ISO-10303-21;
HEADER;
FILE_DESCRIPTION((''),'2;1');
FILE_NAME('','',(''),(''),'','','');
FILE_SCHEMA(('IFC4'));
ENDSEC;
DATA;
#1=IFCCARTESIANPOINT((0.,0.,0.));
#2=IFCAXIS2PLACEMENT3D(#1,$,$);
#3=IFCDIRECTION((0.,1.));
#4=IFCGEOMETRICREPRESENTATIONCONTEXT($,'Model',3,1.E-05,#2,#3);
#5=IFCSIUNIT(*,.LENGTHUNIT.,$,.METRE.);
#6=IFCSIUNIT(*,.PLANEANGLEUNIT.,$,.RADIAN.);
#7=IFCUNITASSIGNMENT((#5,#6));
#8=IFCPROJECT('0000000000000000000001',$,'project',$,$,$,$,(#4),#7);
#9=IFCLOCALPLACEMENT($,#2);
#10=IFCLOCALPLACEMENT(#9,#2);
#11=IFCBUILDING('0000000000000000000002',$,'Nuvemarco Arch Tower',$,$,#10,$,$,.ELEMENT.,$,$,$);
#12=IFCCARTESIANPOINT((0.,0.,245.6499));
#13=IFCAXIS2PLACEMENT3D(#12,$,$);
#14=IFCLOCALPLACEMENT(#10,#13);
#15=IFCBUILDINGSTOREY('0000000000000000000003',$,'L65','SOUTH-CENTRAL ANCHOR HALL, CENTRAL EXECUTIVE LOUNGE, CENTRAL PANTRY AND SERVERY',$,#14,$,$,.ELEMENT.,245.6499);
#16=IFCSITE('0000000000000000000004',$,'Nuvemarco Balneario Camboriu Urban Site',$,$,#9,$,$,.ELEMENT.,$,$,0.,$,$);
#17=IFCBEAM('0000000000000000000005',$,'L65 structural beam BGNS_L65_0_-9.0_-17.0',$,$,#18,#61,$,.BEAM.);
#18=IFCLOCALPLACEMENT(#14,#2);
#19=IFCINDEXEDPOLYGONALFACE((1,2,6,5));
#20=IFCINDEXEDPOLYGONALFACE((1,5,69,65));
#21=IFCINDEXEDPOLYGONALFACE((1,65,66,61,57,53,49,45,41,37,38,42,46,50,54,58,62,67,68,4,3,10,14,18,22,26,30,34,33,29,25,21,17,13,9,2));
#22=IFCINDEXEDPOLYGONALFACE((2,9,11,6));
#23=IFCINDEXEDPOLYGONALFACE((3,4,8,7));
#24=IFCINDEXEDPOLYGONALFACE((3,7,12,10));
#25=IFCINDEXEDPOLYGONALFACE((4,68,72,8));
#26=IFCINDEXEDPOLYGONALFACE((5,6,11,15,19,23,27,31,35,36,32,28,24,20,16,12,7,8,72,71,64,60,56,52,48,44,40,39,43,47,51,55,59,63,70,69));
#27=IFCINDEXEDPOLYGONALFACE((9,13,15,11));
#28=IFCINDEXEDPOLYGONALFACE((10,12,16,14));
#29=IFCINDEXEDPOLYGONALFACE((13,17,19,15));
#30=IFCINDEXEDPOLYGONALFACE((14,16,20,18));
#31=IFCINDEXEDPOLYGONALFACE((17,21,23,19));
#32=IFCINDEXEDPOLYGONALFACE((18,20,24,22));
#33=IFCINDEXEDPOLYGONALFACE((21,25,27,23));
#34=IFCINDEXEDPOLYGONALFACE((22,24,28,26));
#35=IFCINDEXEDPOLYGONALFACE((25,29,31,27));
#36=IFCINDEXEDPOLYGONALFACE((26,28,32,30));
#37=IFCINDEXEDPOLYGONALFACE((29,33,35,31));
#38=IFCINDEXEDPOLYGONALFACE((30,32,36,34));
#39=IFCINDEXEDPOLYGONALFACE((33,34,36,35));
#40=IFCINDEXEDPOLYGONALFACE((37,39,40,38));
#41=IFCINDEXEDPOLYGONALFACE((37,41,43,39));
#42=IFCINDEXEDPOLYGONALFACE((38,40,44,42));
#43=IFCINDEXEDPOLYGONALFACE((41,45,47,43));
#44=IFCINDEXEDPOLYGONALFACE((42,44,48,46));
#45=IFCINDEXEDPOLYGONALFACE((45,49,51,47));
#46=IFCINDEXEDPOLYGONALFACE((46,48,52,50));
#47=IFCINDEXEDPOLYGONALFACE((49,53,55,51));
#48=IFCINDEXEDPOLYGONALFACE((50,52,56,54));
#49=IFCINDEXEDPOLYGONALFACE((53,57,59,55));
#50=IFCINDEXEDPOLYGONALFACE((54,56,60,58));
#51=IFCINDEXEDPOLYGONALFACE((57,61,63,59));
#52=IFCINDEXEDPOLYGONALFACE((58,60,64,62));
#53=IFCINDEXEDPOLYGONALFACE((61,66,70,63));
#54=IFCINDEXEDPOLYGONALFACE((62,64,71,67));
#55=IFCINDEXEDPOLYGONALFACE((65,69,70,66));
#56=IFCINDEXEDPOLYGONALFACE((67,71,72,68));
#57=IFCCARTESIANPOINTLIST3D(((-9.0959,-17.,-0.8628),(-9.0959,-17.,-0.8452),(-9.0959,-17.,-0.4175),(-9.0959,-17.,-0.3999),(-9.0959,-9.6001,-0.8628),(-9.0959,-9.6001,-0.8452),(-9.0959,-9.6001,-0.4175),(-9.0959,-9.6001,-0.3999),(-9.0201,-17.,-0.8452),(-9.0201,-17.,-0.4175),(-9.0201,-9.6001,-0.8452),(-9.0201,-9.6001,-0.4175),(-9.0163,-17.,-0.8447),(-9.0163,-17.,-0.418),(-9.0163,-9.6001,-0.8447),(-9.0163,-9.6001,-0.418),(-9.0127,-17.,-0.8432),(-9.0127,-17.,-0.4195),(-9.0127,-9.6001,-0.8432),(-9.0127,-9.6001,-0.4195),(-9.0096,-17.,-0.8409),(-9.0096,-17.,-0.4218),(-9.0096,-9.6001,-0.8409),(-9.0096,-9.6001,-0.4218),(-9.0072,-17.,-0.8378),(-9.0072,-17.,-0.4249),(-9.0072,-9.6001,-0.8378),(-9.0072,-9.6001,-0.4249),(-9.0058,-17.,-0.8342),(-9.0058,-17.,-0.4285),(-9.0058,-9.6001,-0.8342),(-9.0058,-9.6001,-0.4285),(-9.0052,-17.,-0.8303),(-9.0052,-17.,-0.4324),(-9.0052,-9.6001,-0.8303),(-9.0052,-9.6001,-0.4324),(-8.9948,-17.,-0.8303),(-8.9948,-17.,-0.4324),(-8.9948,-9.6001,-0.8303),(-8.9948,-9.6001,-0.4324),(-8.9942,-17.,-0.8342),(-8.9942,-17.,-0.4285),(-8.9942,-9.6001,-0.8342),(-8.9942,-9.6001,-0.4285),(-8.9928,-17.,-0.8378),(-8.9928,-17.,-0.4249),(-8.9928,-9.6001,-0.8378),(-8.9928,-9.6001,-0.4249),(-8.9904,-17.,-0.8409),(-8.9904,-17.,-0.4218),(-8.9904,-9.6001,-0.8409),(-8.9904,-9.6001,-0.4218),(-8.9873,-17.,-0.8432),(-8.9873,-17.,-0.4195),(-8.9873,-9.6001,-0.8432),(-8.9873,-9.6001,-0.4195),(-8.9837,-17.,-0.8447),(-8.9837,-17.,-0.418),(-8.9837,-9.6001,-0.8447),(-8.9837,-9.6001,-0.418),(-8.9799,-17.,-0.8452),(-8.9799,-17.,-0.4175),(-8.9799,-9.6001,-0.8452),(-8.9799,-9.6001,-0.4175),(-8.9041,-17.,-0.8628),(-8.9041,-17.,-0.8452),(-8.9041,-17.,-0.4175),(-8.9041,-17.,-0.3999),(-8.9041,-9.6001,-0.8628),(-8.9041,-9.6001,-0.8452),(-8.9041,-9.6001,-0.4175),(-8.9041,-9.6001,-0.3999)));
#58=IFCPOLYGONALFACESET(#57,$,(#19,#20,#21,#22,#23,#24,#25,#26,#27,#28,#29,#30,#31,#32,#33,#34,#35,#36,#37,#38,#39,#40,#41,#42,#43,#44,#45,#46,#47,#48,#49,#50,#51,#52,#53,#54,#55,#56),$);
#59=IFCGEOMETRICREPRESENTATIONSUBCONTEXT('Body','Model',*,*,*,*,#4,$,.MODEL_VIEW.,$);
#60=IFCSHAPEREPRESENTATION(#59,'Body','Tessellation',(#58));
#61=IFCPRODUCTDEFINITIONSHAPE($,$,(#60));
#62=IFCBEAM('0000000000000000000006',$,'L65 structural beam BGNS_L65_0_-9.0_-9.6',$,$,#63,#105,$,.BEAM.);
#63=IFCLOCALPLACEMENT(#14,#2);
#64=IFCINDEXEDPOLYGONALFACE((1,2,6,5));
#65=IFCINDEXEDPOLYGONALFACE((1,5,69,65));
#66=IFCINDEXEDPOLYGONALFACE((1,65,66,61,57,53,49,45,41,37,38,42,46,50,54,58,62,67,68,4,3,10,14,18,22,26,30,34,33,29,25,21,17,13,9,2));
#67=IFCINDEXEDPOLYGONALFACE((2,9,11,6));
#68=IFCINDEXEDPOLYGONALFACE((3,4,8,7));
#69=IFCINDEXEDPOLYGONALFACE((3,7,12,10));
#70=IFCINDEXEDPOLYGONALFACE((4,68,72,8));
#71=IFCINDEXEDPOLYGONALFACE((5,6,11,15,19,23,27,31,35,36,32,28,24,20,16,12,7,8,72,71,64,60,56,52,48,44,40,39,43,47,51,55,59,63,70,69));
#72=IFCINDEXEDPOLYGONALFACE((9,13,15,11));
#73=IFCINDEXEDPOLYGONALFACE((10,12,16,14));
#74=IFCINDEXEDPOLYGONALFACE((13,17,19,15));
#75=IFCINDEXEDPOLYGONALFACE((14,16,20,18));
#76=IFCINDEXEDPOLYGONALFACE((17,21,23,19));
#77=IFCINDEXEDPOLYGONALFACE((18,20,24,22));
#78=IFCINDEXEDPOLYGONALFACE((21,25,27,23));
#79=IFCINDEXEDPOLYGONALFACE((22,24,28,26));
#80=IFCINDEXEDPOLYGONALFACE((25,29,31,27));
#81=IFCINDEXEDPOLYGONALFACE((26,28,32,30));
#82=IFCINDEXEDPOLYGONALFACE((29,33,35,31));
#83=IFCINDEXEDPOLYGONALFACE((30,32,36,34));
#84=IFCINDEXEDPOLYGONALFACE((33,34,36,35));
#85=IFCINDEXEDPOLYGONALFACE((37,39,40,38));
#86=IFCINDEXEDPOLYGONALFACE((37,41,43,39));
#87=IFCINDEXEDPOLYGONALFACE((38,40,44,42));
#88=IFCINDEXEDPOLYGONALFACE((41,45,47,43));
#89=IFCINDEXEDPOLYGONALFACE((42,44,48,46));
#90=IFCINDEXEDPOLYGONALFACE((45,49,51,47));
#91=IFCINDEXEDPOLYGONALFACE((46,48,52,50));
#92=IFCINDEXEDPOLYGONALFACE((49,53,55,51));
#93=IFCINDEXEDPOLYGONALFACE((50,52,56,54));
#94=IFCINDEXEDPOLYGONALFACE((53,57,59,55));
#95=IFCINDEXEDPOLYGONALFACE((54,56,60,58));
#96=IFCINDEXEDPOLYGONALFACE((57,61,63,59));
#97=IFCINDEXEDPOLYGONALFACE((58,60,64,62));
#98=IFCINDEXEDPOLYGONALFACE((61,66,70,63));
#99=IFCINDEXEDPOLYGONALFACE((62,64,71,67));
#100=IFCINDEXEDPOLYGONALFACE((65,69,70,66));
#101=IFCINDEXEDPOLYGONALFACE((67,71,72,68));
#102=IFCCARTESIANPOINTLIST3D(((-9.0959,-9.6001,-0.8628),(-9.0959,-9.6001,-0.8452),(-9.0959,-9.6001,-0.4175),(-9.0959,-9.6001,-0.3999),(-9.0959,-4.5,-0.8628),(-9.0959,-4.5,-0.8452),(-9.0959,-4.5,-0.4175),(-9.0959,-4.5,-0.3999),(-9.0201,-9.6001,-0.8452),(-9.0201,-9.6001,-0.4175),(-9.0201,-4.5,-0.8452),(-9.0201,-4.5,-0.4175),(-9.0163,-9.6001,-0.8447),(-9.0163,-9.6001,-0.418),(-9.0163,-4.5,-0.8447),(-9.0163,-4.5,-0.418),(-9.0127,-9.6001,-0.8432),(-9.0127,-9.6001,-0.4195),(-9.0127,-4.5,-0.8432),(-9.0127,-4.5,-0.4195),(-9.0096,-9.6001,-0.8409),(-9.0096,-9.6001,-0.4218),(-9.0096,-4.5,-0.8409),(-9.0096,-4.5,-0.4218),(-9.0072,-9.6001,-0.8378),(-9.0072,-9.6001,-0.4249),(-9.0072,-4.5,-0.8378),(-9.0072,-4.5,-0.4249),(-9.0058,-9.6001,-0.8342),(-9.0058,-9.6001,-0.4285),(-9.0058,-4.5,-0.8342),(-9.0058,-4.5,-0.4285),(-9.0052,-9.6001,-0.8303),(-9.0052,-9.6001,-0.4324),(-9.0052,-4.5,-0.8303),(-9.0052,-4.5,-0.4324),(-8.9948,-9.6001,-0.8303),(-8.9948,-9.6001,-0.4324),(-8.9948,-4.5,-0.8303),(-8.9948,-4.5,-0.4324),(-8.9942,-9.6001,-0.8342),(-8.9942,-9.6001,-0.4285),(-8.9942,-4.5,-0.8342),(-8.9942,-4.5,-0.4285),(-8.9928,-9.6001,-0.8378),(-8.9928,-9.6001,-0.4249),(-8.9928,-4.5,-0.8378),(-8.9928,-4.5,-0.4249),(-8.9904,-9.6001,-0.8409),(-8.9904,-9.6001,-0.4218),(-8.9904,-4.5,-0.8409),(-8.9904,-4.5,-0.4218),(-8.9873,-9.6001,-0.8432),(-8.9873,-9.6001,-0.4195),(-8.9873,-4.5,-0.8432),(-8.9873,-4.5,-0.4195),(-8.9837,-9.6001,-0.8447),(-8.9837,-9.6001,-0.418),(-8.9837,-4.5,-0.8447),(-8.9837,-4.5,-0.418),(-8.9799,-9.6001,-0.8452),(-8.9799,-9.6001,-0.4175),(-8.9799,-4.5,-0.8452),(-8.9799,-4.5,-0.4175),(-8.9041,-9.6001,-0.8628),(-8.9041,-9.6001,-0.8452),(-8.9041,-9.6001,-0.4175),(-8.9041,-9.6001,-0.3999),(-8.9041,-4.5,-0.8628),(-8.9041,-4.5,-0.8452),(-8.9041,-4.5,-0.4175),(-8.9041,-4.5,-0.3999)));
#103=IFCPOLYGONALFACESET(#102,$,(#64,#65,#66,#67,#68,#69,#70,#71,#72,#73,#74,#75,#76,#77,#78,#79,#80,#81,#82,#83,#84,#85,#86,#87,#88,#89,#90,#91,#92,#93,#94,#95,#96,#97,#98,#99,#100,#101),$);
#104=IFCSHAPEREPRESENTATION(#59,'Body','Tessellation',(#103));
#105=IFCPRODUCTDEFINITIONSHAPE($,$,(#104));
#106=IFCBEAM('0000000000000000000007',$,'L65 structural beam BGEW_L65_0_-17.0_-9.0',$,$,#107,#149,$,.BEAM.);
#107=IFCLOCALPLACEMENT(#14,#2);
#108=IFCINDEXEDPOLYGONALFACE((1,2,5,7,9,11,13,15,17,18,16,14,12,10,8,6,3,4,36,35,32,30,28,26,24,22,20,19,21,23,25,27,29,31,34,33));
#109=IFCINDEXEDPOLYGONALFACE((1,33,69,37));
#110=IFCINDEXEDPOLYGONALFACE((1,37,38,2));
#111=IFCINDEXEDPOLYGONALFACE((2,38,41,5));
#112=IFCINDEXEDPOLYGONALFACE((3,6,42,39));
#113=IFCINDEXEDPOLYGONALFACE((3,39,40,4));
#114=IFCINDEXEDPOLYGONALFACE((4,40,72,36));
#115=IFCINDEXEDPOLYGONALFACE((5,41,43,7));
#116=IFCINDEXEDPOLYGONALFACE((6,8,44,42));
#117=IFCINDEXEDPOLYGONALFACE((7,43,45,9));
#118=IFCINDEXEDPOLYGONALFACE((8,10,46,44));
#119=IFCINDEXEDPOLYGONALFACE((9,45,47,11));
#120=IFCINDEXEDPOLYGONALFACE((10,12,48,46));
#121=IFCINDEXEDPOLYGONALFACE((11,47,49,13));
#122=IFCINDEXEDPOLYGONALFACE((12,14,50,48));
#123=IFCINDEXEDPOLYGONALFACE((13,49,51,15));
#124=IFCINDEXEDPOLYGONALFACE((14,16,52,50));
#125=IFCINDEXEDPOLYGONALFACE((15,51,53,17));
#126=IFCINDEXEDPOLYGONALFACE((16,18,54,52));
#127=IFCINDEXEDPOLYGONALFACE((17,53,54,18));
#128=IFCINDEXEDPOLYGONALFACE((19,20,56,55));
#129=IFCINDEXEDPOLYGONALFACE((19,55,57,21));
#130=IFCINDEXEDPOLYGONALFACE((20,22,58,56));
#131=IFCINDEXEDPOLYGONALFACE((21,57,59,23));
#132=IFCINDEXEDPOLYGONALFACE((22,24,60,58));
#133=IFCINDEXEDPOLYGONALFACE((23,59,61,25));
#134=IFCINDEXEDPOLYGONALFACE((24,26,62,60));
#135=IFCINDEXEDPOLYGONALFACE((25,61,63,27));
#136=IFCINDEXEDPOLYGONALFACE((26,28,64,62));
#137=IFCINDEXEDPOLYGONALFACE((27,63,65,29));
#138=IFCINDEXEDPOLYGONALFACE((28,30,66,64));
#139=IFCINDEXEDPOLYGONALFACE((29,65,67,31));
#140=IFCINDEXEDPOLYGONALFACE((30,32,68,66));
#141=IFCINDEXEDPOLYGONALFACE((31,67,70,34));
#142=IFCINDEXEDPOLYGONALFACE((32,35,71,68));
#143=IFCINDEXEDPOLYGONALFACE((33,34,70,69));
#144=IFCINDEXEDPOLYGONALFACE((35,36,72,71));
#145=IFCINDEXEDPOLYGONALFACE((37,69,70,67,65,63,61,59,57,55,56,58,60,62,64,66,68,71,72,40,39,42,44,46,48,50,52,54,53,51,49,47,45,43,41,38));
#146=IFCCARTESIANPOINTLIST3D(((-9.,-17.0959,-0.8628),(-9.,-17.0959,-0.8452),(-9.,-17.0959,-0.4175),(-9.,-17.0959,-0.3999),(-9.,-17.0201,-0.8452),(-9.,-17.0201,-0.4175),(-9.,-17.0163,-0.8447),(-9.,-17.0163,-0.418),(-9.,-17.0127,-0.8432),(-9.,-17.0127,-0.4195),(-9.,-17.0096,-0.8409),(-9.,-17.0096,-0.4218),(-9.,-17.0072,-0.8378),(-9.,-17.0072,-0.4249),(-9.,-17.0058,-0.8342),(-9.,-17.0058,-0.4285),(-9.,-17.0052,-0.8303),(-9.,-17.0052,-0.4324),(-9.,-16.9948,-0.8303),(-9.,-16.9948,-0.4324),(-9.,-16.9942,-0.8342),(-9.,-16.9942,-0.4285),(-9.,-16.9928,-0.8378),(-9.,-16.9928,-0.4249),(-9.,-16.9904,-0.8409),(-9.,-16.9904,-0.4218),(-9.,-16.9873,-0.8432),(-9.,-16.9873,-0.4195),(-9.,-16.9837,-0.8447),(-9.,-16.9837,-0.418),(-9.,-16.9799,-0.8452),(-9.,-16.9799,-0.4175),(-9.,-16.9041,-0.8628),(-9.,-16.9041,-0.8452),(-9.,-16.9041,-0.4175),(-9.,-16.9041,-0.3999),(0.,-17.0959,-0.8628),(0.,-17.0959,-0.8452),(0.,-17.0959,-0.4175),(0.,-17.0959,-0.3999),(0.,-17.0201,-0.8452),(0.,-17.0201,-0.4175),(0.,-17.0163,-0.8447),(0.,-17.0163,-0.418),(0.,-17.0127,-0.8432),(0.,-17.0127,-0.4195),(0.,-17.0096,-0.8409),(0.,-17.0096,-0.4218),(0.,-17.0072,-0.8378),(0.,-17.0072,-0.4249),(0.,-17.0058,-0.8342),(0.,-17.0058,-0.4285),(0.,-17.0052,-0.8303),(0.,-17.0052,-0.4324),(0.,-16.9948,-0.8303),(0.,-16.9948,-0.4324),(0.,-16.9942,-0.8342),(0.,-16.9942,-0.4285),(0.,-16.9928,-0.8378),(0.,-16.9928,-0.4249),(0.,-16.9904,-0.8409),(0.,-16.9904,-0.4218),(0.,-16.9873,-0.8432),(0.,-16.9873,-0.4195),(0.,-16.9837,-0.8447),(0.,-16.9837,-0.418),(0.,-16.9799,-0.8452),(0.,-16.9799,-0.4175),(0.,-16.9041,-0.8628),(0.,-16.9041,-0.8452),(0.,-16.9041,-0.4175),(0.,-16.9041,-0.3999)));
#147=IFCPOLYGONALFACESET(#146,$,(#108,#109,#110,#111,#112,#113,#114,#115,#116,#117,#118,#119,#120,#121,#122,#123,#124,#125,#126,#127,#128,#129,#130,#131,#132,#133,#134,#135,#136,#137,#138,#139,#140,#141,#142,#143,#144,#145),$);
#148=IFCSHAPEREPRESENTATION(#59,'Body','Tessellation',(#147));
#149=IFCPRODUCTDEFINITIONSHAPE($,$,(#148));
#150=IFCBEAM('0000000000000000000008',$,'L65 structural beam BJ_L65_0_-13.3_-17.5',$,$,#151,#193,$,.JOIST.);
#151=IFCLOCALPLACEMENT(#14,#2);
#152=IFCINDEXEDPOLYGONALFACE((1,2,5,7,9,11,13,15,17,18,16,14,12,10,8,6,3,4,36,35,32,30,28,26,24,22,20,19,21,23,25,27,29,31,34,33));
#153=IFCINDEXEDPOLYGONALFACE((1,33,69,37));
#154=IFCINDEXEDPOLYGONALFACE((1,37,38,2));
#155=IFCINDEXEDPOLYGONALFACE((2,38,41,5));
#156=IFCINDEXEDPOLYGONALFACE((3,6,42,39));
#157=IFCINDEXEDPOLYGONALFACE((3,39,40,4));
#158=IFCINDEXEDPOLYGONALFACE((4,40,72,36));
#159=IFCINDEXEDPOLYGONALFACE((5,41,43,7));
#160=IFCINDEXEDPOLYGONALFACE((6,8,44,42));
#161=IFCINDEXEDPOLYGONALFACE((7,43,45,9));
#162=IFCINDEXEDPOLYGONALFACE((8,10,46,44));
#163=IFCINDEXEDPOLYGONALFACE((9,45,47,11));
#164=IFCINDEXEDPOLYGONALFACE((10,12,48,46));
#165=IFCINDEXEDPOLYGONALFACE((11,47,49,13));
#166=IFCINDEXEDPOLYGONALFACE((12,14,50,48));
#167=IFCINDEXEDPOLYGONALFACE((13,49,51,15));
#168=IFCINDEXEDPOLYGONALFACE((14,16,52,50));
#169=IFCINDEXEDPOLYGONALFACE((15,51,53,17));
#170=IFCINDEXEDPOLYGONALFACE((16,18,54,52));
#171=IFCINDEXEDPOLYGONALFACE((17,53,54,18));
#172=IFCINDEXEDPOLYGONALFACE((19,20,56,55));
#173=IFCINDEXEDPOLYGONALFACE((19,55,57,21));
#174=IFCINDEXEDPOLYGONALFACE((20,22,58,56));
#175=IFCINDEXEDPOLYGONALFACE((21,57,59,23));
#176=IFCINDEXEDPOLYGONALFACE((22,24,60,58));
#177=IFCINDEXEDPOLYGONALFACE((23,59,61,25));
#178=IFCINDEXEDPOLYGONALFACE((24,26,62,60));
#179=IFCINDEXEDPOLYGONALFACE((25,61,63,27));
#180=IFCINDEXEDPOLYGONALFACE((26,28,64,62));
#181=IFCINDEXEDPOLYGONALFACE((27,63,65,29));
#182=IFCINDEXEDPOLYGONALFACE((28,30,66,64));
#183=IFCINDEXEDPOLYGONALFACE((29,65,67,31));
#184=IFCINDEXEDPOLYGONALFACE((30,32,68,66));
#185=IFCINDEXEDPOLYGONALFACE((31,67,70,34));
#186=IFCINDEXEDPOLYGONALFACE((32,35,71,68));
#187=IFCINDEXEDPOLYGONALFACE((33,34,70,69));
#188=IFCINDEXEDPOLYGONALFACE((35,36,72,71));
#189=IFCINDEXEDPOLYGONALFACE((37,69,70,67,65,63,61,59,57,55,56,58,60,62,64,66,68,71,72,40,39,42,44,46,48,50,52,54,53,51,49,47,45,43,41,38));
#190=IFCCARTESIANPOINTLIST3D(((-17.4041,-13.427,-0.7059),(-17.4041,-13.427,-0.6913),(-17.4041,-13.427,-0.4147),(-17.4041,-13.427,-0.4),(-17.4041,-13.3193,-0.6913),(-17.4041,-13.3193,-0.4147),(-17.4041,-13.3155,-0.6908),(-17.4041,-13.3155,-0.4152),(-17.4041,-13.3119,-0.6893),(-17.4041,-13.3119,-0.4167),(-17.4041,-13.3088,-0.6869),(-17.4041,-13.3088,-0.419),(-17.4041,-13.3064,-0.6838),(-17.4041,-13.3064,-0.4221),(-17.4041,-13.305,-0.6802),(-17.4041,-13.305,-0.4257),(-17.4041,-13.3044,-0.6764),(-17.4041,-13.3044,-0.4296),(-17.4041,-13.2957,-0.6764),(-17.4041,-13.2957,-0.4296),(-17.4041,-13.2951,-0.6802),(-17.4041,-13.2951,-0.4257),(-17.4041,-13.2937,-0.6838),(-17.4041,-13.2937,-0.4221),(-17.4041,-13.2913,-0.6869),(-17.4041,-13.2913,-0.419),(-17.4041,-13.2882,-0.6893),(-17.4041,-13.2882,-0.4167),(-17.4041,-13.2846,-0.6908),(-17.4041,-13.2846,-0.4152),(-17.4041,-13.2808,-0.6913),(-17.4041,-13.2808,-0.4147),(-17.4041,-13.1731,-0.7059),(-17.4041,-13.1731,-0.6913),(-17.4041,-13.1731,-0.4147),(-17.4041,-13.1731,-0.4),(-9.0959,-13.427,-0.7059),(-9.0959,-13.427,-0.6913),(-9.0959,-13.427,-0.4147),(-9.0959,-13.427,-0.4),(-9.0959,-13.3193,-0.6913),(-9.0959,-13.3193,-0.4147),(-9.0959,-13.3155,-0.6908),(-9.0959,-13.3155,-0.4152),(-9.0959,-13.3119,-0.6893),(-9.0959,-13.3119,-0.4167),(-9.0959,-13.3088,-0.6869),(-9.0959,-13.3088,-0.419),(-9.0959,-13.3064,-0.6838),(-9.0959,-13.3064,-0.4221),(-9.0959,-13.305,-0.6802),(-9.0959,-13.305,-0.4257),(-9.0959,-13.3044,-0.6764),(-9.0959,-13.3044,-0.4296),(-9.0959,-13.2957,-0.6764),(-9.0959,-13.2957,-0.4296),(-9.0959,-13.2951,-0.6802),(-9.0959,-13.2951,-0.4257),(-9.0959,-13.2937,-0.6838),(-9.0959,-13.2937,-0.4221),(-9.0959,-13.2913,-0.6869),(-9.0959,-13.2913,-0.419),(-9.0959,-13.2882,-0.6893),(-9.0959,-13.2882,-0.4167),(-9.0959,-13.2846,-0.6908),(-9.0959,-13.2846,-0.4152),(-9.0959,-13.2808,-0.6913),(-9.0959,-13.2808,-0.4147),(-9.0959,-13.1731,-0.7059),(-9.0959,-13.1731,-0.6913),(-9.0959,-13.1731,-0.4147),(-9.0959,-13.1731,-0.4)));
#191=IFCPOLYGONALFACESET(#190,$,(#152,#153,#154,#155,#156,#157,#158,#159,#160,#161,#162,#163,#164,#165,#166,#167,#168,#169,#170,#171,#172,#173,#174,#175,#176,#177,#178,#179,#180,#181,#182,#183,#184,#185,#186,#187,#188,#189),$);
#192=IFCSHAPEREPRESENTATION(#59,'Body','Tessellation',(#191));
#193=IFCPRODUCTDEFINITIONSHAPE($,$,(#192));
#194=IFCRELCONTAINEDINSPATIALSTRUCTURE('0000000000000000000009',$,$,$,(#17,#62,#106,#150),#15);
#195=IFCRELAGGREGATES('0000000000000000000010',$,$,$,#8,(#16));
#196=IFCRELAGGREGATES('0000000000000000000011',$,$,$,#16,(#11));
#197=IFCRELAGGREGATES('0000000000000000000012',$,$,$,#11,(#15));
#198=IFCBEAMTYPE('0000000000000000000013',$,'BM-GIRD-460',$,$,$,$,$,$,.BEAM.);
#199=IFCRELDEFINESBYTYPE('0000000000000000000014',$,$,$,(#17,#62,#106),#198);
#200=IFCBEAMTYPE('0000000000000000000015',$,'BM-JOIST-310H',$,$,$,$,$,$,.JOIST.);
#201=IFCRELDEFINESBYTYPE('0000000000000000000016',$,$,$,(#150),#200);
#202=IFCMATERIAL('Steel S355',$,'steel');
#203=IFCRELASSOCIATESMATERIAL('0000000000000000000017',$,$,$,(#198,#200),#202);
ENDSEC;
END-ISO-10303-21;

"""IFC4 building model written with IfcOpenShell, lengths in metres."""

from ifc_helpers import new_model, si_unit, direction, frame, origin, origin_2d, place, context, subcontext, project, spatial, i_section, extrude, material, material_profile, profile_set, type_object, element, save


model = new_model("IFC4")

# Units and contexts
model_context = context("Model", 3, precision=1e-05, world=origin(), true_north=direction((0.0, 1.0)))
body_context = subcontext(model_context, "Body", "Model", "MODEL_VIEW")
ifc_project = project(units=[si_unit("LENGTHUNIT", "METRE"), si_unit("PLANEANGLEUNIT", "RADIAN")], contexts=[model_context])

# Site, building, storey
site_placement = place(None, origin())
site = spatial("IfcSite", under=ifc_project, at=site_placement, Name="Nuvemarco Balneario Camboriu Urban Site", CompositionType="ELEMENT", RefElevation=0.0)
building_placement = place(site_placement, origin())
building = spatial("IfcBuilding", under=site, at=building_placement, Name="Nuvemarco Arch Tower", CompositionType="ELEMENT")
storey_placement = place(building_placement, frame((0.0, 0.0, 245.6499)))
storey = spatial("IfcBuildingStorey", under=building, at=storey_placement, Name="L65", Description="SOUTH-CENTRAL ANCHOR HALL, CENTRAL EXECUTIVE LOUNGE, CENTRAL PANTRY AND SERVERY", CompositionType="ELEMENT", Elevation=245.6499)

# Shared definitions
ifc_material_1 = material(Name="Steel S355", Category="steel")

# Beams
ifc_material_profile_1 = material_profile(ifc_material_1, i_section(OverallWidth=0.1919, OverallDepth=0.4629, WebThickness=0.0105, FlangeThickness=0.0176, FilletRadius=0.0149, at=origin_2d()), Name="W460x89")
ifc_profile_set_1 = profile_set([ifc_material_profile_1], Name="Steel S355")
beam_type_1 = type_object("IfcBeamType", Name="BM-GIRD-460", PredefinedType="BEAM", material=ifc_profile_set_1)
beam_1_placement = place(storey_placement, frame((-9.0, -17.0, -0.6313), z_axis=(0.0, 1.0, 0.0), x_axis=(-1.0, 0.0, 0.0)))
element("IfcBeam", 1, at=beam_1_placement, inside=storey, type_object=beam_type_1, Name="L65 structural beam BGNS_L65_0_-9.0_-17.0", PredefinedType="BEAM", context=body_context, shape_type="SweptSolid", body=[
    extrude(i_section(OverallWidth=0.1919, OverallDepth=0.4629, WebThickness=0.0105, FlangeThickness=0.0176, FilletRadius=0.0149, at=origin_2d()), origin(), (0.0, 0.0, 1.0), 7.3999),
])
beam_2_placement = place(storey_placement, frame((-9.0, -9.6001, -0.6313), z_axis=(0.0, 1.0, 0.0), x_axis=(-1.0, 0.0, 0.0)))
element("IfcBeam", 2, at=beam_2_placement, inside=storey, type_object=beam_type_1, Name="L65 structural beam BGNS_L65_0_-9.0_-9.6", PredefinedType="BEAM", context=body_context, shape_type="SweptSolid", body=[
    extrude(i_section(OverallWidth=0.1919, OverallDepth=0.4629, WebThickness=0.0105, FlangeThickness=0.0176, FilletRadius=0.0149, at=origin_2d()), origin(), (0.0, 0.0, 1.0), 5.1001),
])
beam_3_placement = place(storey_placement, frame((-9.0, -17.0, -0.6313), z_axis=(1.0, 0.0, 0.0), x_axis=(0.0, 1.0, 0.0)))
element("IfcBeam", 3, at=beam_3_placement, inside=storey, type_object=beam_type_1, Name="L65 structural beam BGEW_L65_0_-17.0_-9.0", PredefinedType="BEAM", context=body_context, shape_type="SweptSolid", body=[
    extrude(i_section(OverallWidth=0.1919, OverallDepth=0.4629, WebThickness=0.0105, FlangeThickness=0.0176, FilletRadius=0.0149, at=origin_2d()), origin(), (0.0, 0.0, 1.0), 9.0),
])
ifc_material_profile_2 = material_profile(ifc_material_1, i_section(OverallWidth=0.2539, OverallDepth=0.3059, WebThickness=0.0088, FlangeThickness=0.0146, FilletRadius=0.0149, at=origin_2d()), Name="W310x79")
ifc_profile_set_2 = profile_set([ifc_material_profile_2], Name="Steel S355")
beam_type_2 = type_object("IfcBeamType", Name="BM-JOIST-310H", PredefinedType="JOIST", material=ifc_profile_set_2)
beam_4_placement = place(storey_placement, frame((-17.4041, -13.3, -0.553), z_axis=(1.0, 0.0, 0.0), x_axis=(0.0, 1.0, 0.0)))
element("IfcBeam", 4, at=beam_4_placement, inside=storey, type_object=beam_type_2, Name="L65 structural beam BJ_L65_0_-13.3_-17.5", PredefinedType="JOIST", context=body_context, shape_type="SweptSolid", body=[
    extrude(i_section(OverallWidth=0.2539, OverallDepth=0.3059, WebThickness=0.0088, FlangeThickness=0.0146, FilletRadius=0.0149, at=origin_2d()), origin(), (0.0, 0.0, 1.0), 8.3081),
])

save(model, "model.ifc")
